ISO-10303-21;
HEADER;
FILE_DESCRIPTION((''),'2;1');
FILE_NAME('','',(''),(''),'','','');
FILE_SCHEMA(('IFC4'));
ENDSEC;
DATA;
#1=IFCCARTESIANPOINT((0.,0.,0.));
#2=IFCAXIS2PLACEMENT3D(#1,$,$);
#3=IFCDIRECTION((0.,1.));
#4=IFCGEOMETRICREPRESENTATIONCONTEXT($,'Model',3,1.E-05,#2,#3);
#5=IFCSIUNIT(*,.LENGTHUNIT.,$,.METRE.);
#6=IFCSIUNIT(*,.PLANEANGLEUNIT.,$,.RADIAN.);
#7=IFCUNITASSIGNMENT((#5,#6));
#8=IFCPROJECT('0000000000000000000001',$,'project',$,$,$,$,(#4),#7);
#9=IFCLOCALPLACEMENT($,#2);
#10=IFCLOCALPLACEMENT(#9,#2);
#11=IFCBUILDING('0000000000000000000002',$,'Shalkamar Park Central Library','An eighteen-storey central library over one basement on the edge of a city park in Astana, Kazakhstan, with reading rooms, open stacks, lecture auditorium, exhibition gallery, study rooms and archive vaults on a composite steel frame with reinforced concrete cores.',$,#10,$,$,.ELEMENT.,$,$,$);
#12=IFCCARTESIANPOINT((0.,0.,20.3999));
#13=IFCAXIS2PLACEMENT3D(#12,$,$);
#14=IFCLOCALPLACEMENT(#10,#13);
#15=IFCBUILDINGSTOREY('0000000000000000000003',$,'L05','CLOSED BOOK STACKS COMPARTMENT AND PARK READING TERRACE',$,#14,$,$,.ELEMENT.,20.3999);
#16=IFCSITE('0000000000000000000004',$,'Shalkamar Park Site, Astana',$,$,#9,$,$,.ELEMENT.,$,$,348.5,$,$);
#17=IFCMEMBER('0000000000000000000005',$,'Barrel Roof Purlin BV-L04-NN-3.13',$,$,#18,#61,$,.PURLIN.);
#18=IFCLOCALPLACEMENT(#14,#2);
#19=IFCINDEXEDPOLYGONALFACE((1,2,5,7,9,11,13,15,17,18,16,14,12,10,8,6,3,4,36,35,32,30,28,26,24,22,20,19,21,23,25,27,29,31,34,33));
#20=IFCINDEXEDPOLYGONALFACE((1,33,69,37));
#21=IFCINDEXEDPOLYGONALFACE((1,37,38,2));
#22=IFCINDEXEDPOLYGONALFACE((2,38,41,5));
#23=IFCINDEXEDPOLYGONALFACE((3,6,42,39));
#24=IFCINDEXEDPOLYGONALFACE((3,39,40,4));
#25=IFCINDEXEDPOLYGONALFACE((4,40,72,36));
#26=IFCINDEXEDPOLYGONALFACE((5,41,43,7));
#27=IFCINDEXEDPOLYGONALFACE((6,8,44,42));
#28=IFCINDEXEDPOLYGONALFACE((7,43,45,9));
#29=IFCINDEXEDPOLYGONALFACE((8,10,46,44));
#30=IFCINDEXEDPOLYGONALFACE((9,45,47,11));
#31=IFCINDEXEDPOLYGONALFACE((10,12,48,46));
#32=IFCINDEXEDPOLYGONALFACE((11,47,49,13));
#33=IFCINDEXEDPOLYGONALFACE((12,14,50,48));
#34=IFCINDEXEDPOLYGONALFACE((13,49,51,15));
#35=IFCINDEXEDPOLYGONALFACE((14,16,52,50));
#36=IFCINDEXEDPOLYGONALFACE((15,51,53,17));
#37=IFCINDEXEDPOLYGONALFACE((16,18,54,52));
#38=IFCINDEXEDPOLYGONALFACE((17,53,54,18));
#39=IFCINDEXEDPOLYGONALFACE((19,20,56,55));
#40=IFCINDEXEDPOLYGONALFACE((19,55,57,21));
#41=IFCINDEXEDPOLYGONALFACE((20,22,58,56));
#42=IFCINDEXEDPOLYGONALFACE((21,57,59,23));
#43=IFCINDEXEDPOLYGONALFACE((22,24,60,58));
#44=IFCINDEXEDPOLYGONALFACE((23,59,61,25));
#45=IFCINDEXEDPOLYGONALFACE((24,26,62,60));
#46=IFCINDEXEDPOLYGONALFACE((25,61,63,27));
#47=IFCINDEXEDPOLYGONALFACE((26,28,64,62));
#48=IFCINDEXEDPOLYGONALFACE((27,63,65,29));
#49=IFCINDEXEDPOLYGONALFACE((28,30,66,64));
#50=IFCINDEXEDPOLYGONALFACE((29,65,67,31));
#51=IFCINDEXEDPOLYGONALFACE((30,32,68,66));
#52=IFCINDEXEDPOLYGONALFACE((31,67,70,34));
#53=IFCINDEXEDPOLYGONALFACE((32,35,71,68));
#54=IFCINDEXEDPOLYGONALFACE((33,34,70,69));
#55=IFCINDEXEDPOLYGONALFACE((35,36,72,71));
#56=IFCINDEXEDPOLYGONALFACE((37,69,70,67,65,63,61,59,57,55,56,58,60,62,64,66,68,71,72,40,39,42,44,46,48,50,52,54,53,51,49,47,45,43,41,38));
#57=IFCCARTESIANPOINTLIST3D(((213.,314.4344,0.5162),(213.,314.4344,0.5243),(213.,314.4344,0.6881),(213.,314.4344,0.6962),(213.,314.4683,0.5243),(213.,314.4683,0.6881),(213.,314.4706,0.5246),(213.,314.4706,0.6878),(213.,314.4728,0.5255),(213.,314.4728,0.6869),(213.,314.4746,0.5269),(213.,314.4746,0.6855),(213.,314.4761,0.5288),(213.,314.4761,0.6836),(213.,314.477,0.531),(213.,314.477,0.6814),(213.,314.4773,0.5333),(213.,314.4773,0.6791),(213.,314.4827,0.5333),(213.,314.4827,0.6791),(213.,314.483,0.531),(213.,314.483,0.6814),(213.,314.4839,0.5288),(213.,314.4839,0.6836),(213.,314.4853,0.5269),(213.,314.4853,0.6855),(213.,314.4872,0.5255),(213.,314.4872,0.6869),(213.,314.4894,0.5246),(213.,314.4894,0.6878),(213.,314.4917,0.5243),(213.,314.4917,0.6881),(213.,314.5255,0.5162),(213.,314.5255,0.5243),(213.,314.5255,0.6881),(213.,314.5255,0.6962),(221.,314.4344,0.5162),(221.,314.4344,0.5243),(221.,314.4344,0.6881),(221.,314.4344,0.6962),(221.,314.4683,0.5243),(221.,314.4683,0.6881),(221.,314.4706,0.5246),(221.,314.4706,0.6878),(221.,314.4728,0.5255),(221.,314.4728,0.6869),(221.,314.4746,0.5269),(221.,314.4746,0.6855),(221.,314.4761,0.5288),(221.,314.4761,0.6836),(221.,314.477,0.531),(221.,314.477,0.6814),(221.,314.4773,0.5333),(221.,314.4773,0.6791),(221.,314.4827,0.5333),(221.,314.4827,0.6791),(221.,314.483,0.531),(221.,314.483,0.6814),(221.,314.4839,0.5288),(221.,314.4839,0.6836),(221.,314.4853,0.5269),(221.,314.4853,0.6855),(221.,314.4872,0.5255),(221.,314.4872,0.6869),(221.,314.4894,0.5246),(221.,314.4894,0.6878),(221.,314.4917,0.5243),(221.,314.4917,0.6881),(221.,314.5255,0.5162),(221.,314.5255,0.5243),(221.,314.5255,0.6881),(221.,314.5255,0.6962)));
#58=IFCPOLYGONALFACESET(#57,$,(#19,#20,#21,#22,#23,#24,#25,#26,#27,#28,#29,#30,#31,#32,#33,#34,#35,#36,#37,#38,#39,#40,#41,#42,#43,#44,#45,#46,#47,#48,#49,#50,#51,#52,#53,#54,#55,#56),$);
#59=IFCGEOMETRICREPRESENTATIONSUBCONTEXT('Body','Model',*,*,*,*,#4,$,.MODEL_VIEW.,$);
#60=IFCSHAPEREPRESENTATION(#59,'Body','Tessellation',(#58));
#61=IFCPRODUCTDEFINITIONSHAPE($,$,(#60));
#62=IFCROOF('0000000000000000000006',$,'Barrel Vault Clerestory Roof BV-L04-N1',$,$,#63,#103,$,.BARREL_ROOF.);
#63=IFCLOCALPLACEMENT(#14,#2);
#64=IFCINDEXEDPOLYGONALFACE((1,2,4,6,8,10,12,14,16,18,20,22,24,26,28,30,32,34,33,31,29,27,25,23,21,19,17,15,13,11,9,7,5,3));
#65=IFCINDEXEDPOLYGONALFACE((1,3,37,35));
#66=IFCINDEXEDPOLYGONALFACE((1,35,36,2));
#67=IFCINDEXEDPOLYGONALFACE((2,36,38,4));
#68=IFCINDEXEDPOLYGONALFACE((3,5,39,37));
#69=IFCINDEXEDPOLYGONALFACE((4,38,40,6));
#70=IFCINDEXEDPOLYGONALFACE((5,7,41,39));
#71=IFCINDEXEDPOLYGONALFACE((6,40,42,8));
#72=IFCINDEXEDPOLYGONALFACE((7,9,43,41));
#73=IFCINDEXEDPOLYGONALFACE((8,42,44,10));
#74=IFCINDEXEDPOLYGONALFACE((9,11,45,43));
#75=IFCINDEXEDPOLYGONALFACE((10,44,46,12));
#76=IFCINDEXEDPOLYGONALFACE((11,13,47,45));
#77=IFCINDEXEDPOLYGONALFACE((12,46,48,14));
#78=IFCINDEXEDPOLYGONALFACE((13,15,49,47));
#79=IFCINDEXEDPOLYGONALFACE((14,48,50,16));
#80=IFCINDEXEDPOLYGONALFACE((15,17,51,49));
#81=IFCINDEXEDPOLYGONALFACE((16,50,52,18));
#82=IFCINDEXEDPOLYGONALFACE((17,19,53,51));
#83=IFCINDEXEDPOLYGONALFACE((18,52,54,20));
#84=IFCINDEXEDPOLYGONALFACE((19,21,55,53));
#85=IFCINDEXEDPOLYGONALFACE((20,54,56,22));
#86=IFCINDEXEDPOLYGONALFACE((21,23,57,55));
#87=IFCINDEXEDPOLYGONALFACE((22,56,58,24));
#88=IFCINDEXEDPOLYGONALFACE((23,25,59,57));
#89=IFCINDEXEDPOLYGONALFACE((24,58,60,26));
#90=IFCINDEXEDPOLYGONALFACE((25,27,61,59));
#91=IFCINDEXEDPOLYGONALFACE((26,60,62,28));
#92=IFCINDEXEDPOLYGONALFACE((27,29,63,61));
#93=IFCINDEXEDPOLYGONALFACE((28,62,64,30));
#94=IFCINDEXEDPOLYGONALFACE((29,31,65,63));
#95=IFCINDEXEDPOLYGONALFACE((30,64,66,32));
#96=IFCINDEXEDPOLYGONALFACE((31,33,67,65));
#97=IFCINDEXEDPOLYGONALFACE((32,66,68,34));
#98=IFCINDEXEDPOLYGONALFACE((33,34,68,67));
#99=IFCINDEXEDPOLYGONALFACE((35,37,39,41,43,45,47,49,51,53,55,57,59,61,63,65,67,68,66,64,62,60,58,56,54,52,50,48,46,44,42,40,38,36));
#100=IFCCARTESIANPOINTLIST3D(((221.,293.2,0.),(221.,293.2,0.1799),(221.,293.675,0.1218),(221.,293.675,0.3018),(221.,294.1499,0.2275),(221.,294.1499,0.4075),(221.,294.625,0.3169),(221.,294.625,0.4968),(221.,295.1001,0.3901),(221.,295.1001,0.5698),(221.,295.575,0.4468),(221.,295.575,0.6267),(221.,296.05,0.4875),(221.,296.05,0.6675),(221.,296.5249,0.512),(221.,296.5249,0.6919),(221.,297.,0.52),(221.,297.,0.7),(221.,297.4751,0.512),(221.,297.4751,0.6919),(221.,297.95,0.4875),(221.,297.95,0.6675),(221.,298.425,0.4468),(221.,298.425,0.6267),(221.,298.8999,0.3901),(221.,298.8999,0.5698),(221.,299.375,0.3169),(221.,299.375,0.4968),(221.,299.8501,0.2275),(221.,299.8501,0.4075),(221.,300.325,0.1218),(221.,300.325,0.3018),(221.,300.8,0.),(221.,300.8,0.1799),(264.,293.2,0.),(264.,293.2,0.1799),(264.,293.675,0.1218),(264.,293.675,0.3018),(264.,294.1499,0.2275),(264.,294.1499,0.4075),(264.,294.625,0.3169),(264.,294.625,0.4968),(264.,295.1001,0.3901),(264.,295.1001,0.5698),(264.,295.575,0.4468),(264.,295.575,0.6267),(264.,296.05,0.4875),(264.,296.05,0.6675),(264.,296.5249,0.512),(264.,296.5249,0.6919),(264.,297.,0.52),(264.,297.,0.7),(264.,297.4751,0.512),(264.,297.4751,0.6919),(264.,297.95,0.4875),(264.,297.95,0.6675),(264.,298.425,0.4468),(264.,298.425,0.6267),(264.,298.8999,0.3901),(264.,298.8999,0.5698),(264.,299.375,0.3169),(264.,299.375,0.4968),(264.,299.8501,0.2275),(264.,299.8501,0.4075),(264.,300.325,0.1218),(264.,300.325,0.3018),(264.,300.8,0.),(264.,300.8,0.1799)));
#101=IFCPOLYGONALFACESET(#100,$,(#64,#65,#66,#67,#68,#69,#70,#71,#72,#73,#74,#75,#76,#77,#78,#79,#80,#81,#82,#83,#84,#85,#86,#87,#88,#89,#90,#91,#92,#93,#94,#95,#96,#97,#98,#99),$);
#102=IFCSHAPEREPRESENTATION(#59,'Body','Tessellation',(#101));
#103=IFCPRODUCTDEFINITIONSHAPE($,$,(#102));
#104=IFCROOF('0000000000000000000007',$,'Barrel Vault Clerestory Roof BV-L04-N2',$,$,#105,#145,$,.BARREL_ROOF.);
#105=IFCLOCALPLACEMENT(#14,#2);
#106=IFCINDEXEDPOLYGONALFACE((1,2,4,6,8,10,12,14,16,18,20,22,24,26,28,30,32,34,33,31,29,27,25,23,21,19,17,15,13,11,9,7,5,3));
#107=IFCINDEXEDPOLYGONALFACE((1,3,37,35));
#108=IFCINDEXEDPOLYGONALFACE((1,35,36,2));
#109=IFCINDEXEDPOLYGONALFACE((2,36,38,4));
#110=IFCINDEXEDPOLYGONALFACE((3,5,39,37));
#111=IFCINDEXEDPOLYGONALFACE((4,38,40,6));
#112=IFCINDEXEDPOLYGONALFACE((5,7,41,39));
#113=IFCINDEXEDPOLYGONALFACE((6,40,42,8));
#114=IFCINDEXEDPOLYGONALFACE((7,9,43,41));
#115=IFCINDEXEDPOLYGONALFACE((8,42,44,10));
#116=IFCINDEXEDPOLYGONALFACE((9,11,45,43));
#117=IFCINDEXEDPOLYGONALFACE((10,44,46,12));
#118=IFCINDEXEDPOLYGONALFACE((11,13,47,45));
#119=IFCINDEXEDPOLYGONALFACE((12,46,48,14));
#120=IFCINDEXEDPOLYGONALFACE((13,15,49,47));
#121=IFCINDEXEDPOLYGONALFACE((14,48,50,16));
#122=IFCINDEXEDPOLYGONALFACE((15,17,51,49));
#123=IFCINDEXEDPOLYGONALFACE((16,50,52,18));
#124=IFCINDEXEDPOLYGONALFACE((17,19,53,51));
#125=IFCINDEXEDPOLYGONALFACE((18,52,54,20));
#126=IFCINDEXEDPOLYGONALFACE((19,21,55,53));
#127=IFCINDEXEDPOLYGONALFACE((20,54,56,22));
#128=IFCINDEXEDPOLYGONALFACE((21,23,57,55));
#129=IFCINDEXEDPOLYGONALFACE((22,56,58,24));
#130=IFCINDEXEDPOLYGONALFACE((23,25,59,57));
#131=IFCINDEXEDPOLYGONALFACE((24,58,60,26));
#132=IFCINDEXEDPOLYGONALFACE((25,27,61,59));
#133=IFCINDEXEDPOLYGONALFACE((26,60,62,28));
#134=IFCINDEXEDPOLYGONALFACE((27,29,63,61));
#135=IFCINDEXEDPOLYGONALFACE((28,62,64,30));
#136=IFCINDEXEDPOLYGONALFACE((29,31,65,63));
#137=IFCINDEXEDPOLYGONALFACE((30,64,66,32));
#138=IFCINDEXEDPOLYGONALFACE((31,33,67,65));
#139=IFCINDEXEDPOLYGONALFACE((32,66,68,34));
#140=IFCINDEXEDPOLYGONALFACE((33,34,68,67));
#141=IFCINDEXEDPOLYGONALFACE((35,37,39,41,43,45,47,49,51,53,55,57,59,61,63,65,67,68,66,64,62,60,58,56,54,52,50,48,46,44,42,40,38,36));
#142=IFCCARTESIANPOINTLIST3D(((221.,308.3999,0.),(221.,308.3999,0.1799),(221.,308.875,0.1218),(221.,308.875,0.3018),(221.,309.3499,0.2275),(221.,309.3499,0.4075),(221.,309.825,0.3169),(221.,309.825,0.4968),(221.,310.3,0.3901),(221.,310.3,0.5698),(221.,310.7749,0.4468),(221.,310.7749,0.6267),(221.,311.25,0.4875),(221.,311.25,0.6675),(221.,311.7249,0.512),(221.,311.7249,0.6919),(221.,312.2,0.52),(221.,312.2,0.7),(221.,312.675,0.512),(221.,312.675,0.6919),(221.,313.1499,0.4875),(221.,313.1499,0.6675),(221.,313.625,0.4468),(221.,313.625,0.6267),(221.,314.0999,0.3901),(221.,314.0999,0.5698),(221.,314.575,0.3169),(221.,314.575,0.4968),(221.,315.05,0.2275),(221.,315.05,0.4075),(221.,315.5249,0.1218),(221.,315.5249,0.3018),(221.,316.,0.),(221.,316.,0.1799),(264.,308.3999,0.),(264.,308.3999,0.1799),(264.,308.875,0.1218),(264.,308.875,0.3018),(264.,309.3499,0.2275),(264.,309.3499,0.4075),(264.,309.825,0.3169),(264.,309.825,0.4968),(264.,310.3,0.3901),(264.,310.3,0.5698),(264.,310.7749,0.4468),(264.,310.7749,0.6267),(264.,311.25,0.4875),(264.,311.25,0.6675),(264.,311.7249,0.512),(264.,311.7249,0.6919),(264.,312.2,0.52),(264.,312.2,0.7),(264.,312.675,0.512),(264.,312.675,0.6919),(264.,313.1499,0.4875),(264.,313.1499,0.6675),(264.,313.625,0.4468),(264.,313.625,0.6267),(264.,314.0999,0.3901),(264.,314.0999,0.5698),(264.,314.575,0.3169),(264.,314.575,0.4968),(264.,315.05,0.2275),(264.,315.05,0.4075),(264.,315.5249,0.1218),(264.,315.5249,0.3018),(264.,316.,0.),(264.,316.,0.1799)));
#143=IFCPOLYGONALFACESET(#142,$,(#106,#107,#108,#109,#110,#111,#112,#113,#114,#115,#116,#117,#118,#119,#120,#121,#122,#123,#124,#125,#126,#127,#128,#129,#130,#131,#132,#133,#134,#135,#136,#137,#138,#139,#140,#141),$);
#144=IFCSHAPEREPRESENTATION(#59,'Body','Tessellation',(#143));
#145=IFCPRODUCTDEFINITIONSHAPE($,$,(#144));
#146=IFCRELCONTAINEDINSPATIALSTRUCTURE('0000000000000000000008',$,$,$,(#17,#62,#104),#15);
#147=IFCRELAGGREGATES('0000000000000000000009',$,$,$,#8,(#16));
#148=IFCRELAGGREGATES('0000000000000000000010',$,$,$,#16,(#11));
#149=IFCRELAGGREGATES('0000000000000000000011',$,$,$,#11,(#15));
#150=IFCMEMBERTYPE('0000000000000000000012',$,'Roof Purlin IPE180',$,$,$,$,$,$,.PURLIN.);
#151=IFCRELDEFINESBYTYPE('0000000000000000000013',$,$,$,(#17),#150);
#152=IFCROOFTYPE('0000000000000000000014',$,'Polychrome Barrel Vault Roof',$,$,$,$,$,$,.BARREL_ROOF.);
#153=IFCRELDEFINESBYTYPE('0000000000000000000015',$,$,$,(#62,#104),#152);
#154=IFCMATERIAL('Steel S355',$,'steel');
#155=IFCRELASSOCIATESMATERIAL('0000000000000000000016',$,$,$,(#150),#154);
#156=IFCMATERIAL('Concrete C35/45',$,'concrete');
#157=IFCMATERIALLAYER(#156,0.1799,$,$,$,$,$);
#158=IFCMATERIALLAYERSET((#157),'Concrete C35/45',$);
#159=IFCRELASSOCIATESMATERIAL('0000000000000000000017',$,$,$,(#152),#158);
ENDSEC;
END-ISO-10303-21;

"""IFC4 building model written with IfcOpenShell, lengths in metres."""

from ifc_helpers import new_model, si_unit, direction, frame, origin, origin_2d, place, context, subcontext, project, spatial, polyline, i_section, outline, extrude, material, layer, layer_set, material_profile, profile_set, type_object, element, save


model = new_model("IFC4")

# Units and contexts
model_context = context("Model", 3, precision=1e-05, world=origin(), true_north=direction((0.0, 1.0)))
body_context = subcontext(model_context, "Body", "Model", "MODEL_VIEW")
ifc_project = project(units=[si_unit("LENGTHUNIT", "METRE"), si_unit("PLANEANGLEUNIT", "RADIAN")], contexts=[model_context])

# Site, building, storey
site_placement = place(None, origin())
site = spatial("IfcSite", under=ifc_project, at=site_placement, Name="Shalkamar Park Site, Astana", CompositionType="ELEMENT", RefElevation=348.5)
building_placement = place(site_placement, origin())
building = spatial("IfcBuilding", under=site, at=building_placement, Name="Shalkamar Park Central Library", Description="An eighteen-storey central library over one basement on the edge of a city park in Astana, Kazakhstan, with reading rooms, open stacks, lecture auditorium, exhibition gallery, study rooms and archive vaults on a composite steel frame with reinforced concrete cores.", CompositionType="ELEMENT")
storey_placement = place(building_placement, frame((0.0, 0.0, 20.3999)))
storey = spatial("IfcBuildingStorey", under=building, at=storey_placement, Name="L05", Description="CLOSED BOOK STACKS COMPARTMENT AND PARK READING TERRACE", CompositionType="ELEMENT", Elevation=20.3999)

# Member
ifc_material_1 = material(Name="Steel S355", Category="steel")
ifc_material_profile_1 = material_profile(ifc_material_1, i_section(OverallWidth=0.0911, OverallDepth=0.1799, WebThickness=0.0054, FlangeThickness=0.0081, FilletRadius=0.009, at=origin_2d()), Name="IPE 180")
ifc_profile_set_1 = profile_set([ifc_material_profile_1], Name="Steel S355")
member_type_1 = type_object("IfcMemberType", Name="Roof Purlin IPE180", PredefinedType="PURLIN", material=ifc_profile_set_1)
for number, where, z_axis, x_axis, name in (
    (1, (213.0, 314.48, 0.6062), (1.0, 0.0, 0.0), (0.0, 1.0, 0.0), "Barrel Roof Purlin BV-L04-NN-3.13"),
):
    element("IfcMember", number, at=place(storey_placement, frame(where, z_axis=z_axis, x_axis=x_axis)), inside=storey, type_object=member_type_1, Name=name, PredefinedType="PURLIN", context=body_context, shape_type="SweptSolid", body=[
        extrude(i_section(OverallWidth=0.0911, OverallDepth=0.1799, WebThickness=0.0054, FlangeThickness=0.0081, FilletRadius=0.009, at=origin_2d()), origin(), (0.0, 0.0, 1.0), 8.0),
    ])

# Roofs
ifc_material_2 = material(Name="Concrete C35/45", Category="concrete")
ifc_layer = layer(ifc_material_2, 0.1799)
ifc_layer_set = layer_set([ifc_layer], Name="Concrete C35/45")
roof_type = type_object("IfcRoofType", Name="Polychrome Barrel Vault Roof", PredefinedType="BARREL_ROOF", material=ifc_layer_set)
for number, where, z_axis, x_axis, name in (
    (2, (221.0, 297.0, 0.0), (0.0, 0.0, 1.0), (1.0, 0.0, 0.0), "Barrel Vault Clerestory Roof BV-L04-N1"),
    (3, (221.0, 312.2, 0.0), (0.0, 0.0, 1.0), (1.0, 0.0, 0.0), "Barrel Vault Clerestory Roof BV-L04-N2"),
):
    element("IfcRoof", number, at=place(storey_placement, frame(where, z_axis=z_axis, x_axis=x_axis)), inside=storey, type_object=roof_type, Name=name, PredefinedType="BARREL_ROOF", context=body_context, shape_type="SweptSolid", body=[
        extrude(outline(polyline([(-3.8, 0.1799), (-3.325, 0.3018), (-2.8501, 0.4075), (-2.375, 0.4968), (-1.8999, 0.5698), (-1.425, 0.6267), (-0.95, 0.6675), (-0.4751, 0.6919), (0.0, 0.7), (0.4751, 0.6919), (0.95, 0.6675), (1.425, 0.6267), (1.8999, 0.5698), (2.375, 0.4968), (2.8501, 0.4075), (3.325, 0.3018), (3.8, 0.1799), (3.8, 0.0), (3.325, 0.1218), (2.8501, 0.2275), (2.375, 0.3169), (1.8999, 0.3901), (1.425, 0.4468), (0.95, 0.4875), (0.4751, 0.512), (0.0, 0.52), (-0.4751, 0.512), (-0.95, 0.4875), (-1.425, 0.4468), (-1.8999, 0.3901), (-2.375, 0.3169), (-2.8501, 0.2275), (-3.325, 0.1218), (-3.8, 0.0), (-3.8, 0.1799)])), frame((0.0, 0.0, 0.0), z_axis=(1.0, 0.0, 0.0), x_axis=(0.0, 1.0, 0.0)), (0.0, 0.0, 1.0), 43.0),
    ])

save(model, "model.ifc")
